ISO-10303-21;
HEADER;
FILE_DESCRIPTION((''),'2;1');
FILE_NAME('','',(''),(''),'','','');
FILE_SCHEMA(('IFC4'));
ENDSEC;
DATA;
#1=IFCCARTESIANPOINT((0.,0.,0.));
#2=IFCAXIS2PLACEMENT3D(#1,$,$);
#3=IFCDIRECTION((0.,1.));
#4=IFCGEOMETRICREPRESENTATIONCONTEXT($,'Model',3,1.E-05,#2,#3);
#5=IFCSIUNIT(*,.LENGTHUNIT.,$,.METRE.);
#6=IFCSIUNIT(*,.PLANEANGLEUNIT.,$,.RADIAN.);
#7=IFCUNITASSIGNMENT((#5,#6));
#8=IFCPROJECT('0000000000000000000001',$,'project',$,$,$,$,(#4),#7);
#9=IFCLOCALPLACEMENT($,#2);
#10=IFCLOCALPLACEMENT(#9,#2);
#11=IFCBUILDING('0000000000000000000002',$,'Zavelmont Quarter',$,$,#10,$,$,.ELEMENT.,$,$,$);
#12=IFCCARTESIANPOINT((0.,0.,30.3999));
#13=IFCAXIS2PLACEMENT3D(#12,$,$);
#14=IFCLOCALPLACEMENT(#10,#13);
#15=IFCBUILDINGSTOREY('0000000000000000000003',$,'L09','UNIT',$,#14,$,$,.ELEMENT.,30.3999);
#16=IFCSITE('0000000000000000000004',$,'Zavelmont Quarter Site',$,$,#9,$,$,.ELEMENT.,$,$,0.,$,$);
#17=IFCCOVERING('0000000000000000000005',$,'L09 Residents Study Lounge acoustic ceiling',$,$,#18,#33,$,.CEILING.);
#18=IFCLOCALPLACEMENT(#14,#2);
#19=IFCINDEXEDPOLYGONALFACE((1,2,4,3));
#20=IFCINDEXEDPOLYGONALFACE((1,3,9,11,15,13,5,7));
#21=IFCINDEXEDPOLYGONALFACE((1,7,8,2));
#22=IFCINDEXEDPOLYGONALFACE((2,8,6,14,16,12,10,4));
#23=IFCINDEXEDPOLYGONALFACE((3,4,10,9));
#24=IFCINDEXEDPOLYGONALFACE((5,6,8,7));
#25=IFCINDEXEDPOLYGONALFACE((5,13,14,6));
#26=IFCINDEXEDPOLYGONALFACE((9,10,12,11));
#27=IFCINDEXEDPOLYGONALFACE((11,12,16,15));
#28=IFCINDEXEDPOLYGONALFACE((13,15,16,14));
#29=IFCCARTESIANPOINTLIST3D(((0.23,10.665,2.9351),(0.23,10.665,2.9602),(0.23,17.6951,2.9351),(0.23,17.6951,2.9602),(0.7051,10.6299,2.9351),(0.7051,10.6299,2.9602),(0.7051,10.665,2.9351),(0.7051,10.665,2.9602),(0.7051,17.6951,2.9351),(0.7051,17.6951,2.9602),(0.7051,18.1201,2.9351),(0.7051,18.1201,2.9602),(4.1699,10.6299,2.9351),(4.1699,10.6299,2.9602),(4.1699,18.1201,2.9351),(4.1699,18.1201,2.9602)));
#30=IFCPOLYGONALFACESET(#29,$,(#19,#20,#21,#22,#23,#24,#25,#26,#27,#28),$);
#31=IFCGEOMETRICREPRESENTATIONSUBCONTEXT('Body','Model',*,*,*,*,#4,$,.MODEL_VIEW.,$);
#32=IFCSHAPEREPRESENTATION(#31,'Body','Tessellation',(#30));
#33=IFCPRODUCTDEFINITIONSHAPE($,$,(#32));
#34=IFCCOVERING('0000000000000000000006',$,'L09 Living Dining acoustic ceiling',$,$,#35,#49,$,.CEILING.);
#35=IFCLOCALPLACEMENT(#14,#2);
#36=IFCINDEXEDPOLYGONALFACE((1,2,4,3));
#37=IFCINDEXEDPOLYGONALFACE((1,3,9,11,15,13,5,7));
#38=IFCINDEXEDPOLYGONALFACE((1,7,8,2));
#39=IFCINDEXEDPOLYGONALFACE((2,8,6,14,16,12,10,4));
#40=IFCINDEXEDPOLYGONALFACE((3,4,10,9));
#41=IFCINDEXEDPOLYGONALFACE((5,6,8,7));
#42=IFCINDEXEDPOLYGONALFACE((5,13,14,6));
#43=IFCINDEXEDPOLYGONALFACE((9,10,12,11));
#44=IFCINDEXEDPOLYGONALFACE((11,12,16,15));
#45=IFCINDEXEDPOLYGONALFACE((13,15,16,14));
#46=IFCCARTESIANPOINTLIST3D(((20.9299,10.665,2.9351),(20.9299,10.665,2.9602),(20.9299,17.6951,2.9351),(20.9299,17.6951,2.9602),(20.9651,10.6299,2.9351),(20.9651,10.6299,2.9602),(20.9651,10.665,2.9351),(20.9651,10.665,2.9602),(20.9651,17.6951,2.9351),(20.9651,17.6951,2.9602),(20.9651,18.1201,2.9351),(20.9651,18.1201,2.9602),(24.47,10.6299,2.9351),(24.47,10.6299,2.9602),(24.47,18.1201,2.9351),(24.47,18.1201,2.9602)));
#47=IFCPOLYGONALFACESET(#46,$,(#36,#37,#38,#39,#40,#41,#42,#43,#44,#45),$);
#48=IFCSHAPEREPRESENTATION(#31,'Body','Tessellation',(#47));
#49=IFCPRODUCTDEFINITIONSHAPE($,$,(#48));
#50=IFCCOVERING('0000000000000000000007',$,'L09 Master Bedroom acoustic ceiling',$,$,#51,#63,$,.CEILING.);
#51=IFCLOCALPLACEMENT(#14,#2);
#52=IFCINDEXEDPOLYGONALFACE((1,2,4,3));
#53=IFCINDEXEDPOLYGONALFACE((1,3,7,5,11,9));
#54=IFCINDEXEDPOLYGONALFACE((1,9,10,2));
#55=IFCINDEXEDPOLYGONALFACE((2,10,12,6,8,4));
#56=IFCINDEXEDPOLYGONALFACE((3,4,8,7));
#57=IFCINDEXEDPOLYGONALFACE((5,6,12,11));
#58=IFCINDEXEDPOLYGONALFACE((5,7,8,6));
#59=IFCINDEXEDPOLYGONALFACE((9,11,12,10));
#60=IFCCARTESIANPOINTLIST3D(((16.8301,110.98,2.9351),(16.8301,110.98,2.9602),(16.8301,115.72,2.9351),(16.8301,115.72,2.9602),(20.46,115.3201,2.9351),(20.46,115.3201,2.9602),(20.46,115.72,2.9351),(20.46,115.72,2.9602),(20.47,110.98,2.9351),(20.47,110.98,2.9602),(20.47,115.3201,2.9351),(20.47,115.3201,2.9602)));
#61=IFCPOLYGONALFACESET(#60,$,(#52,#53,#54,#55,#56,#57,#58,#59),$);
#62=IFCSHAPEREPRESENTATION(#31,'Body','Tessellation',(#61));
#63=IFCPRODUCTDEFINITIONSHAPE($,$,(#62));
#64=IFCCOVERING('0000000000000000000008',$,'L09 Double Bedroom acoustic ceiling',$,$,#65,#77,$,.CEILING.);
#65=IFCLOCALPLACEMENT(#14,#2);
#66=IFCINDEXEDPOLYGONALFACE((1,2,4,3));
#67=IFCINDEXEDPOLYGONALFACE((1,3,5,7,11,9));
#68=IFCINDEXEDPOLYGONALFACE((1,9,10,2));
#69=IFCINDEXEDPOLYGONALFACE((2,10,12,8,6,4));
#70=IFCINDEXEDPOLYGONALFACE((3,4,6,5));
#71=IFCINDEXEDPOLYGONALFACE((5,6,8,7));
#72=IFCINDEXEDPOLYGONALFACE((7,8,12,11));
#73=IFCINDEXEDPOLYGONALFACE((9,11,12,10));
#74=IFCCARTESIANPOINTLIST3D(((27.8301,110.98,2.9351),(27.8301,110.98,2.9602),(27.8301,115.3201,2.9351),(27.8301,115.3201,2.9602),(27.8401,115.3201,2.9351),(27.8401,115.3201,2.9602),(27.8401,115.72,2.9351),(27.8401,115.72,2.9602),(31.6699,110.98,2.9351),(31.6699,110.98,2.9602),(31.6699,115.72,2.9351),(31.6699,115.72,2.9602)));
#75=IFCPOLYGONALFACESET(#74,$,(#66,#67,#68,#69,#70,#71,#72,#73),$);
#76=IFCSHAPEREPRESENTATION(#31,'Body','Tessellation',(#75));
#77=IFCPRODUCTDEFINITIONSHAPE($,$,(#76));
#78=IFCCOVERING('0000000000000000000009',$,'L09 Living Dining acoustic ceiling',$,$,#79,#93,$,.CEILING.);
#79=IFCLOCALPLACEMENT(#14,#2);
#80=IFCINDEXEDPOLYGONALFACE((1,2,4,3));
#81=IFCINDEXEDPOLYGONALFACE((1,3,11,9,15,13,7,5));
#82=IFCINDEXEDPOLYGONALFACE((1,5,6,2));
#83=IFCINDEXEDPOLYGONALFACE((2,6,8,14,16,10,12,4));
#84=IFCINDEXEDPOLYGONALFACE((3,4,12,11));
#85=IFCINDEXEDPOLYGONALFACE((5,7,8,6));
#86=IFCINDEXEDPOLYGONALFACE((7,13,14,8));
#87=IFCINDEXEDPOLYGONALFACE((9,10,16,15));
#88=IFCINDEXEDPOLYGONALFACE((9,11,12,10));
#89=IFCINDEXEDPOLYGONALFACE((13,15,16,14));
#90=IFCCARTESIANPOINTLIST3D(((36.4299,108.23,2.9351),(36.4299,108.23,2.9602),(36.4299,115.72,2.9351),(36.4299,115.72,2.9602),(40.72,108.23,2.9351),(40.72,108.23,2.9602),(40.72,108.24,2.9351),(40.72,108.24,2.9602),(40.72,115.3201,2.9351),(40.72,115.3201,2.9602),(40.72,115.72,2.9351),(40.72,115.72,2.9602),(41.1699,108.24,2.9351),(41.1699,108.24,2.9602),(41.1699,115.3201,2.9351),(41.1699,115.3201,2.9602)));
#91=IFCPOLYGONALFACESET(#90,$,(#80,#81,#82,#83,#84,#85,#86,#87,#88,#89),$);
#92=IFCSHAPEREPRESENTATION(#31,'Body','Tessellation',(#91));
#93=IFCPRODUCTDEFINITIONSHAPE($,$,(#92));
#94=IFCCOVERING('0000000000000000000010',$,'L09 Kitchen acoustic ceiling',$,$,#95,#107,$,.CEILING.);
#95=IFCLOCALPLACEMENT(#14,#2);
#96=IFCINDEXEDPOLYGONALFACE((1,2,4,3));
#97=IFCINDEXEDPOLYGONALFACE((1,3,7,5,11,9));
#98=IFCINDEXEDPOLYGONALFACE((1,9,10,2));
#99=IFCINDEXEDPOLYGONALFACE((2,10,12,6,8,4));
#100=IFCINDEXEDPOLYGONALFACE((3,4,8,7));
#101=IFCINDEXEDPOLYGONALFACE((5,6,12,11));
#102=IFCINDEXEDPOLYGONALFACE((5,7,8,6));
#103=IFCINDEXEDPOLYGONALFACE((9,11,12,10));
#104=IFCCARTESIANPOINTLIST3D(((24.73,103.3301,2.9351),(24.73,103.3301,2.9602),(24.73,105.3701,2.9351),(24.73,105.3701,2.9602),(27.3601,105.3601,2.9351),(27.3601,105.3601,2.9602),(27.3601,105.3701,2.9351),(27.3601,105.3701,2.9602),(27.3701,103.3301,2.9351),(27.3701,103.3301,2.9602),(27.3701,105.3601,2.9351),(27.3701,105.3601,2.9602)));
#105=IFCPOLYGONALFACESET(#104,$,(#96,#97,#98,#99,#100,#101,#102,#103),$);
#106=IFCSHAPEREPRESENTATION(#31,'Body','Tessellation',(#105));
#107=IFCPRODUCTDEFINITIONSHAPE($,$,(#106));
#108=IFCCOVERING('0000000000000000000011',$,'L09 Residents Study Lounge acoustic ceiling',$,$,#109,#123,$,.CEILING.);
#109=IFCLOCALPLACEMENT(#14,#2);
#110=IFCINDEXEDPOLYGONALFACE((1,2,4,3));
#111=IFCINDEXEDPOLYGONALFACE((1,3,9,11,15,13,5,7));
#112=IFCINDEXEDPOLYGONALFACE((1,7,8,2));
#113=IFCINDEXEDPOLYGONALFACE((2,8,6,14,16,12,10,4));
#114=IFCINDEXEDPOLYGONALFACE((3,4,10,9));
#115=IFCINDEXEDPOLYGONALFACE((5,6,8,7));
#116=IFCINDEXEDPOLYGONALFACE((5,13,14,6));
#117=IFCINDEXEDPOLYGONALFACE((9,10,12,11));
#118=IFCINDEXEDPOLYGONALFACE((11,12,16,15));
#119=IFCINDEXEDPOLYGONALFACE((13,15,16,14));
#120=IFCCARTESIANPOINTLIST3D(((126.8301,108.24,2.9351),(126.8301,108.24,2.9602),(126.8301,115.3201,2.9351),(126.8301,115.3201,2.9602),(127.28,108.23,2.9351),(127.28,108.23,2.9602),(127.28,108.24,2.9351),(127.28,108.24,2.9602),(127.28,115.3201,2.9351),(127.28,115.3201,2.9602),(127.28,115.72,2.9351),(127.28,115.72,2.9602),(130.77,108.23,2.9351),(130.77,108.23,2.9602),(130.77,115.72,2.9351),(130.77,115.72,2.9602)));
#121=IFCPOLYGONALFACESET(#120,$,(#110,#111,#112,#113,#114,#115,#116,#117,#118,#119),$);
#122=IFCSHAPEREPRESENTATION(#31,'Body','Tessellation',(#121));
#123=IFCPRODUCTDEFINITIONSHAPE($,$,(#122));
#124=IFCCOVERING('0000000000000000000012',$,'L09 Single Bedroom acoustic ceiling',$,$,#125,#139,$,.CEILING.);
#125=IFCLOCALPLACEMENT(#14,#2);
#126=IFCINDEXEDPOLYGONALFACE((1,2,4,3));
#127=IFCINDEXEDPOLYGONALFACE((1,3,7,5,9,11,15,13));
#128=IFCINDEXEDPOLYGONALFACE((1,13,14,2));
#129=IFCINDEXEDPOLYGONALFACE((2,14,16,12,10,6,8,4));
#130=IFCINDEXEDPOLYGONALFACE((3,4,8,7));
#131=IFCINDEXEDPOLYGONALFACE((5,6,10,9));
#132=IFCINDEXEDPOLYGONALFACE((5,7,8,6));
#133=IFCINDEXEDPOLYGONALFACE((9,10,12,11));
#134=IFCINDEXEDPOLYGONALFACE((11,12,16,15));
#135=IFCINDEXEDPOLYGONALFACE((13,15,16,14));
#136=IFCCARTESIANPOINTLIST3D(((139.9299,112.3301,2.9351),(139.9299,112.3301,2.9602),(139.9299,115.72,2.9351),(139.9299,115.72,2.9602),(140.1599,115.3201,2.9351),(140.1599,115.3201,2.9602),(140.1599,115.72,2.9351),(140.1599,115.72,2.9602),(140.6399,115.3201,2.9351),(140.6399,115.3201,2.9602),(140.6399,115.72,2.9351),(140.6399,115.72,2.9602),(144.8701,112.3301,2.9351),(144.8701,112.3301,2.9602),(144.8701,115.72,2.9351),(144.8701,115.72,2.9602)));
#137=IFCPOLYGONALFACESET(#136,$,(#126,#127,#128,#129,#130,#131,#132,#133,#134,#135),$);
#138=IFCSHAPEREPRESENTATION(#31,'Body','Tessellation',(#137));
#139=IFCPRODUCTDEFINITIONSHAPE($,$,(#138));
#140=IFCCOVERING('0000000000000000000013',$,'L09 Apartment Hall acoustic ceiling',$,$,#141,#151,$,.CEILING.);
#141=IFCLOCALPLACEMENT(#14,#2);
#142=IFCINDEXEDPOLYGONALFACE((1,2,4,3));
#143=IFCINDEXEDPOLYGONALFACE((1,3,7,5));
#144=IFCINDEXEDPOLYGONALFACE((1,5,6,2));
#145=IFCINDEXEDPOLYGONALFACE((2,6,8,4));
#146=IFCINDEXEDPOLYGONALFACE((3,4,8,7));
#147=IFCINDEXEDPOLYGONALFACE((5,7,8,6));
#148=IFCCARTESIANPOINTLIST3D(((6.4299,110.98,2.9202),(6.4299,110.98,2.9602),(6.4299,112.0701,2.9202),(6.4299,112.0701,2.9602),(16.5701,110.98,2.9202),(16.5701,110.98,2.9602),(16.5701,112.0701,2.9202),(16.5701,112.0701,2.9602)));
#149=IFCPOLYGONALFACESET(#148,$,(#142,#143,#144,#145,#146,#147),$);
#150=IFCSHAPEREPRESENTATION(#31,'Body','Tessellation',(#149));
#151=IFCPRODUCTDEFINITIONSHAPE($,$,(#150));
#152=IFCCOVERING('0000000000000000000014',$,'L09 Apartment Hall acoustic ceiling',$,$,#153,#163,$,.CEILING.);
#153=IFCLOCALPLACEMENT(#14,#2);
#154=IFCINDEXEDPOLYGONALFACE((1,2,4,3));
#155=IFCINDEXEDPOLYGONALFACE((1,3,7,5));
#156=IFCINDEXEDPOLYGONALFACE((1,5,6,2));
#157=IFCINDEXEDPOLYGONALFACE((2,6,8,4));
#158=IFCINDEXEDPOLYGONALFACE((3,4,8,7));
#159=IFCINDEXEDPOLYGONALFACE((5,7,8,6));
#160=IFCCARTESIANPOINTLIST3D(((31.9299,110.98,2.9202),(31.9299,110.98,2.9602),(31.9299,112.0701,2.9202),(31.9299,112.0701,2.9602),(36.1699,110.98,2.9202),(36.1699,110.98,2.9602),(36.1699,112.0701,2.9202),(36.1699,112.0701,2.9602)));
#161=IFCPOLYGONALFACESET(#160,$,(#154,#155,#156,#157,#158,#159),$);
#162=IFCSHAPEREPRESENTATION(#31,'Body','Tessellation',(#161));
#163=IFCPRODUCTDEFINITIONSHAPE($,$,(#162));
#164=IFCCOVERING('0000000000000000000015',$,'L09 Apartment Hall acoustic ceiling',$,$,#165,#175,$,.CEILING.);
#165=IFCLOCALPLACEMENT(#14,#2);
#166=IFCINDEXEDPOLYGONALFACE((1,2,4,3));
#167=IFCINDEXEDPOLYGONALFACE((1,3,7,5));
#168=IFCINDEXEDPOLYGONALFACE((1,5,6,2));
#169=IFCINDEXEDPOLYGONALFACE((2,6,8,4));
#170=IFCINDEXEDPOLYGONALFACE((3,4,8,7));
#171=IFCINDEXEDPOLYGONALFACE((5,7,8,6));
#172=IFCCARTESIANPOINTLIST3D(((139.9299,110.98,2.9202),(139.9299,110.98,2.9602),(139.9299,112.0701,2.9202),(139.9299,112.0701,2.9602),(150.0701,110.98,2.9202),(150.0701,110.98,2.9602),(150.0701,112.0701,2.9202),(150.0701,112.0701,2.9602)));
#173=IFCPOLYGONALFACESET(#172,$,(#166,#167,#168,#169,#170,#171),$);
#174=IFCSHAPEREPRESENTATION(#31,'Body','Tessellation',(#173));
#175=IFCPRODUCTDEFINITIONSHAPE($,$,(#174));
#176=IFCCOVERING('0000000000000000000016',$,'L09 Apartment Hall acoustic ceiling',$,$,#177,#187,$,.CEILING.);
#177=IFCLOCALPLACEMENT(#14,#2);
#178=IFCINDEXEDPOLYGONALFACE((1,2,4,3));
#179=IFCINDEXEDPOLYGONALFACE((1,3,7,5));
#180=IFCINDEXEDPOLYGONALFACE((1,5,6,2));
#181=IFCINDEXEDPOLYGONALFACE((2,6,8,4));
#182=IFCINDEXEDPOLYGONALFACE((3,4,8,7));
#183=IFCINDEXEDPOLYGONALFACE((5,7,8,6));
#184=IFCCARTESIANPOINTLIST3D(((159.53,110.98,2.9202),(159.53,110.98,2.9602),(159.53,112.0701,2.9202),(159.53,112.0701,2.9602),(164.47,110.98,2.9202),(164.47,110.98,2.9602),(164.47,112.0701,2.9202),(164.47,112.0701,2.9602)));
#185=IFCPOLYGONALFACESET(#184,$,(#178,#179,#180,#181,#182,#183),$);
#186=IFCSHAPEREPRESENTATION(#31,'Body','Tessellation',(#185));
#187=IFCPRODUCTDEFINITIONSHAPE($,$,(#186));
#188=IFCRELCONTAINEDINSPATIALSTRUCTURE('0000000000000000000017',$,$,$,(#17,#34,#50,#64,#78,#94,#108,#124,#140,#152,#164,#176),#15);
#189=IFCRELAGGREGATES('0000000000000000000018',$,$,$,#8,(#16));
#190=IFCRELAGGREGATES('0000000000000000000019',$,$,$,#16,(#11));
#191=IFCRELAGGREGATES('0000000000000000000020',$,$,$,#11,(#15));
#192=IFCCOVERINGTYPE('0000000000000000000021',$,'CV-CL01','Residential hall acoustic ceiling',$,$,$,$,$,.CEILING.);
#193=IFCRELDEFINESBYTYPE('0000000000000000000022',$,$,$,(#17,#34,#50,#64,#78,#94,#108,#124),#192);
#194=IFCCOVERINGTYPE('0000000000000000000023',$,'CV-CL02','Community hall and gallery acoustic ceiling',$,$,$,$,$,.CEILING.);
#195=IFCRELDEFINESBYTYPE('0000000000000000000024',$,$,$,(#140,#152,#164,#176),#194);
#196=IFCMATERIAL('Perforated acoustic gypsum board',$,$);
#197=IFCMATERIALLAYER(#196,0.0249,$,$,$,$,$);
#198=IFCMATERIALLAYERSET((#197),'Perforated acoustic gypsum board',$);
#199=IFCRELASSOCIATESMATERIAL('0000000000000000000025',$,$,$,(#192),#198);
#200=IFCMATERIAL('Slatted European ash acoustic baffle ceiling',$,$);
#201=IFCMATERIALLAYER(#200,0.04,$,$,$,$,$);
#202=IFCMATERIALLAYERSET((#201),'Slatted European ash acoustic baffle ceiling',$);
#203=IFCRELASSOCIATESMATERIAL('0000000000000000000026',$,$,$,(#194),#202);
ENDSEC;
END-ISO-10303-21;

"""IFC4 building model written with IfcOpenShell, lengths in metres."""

from ifc_helpers import new_model, si_unit, direction, frame, origin, place, context, subcontext, project, spatial, polyline, outline, extrude, material, layer, layer_set, type_object, element, save


model = new_model("IFC4")

# Units and contexts
model_context = context("Model", 3, precision=1e-05, world=origin(), true_north=direction((0.0, 1.0)))
body_context = subcontext(model_context, "Body", "Model", "MODEL_VIEW")
ifc_project = project(units=[si_unit("LENGTHUNIT", "METRE"), si_unit("PLANEANGLEUNIT", "RADIAN")], contexts=[model_context])

# Site, building, storey
site_placement = place(None, origin())
site = spatial("IfcSite", under=ifc_project, at=site_placement, Name="Zavelmont Quarter Site", CompositionType="ELEMENT", RefElevation=0.0)
building_placement = place(site_placement, origin())
building = spatial("IfcBuilding", under=site, at=building_placement, Name="Zavelmont Quarter", CompositionType="ELEMENT")
storey_placement = place(building_placement, frame((0.0, 0.0, 30.3999)))
storey = spatial("IfcBuildingStorey", under=building, at=storey_placement, Name="L09", Description="UNIT", CompositionType="ELEMENT", Elevation=30.3999)

# Coverings
ifc_material_1 = material(Name="Perforated acoustic gypsum board")
ifc_layer_1 = layer(ifc_material_1, 0.0249)
ifc_layer_set_1 = layer_set([ifc_layer_1], Name="Perforated acoustic gypsum board")
covering_type_1 = type_object("IfcCoveringType", Name="CV-CL01", Description="Residential hall acoustic ceiling", PredefinedType="CEILING", material=ifc_layer_set_1)
covering_1_placement = place(storey_placement, frame((0.0, 0.0, 2.9351)))
element("IfcCovering", 1, at=covering_1_placement, inside=storey, type_object=covering_type_1, Name="L09 Residents Study Lounge acoustic ceiling", PredefinedType="CEILING", context=body_context, shape_type="SweptSolid", body=[
    extrude(outline(polyline([(0.23, 17.6951), (0.7051, 17.6951), (0.7051, 18.1201), (4.1699, 18.1201), (4.1699, 10.6299), (0.7051, 10.6299), (0.7051, 10.665), (0.23, 10.665), (0.23, 17.6951)])), origin(), (0.0, 0.0, 1.0), 0.0251),
])
covering_2_placement = place(storey_placement, frame((0.0, 0.0, 2.9351)))
element("IfcCovering", 2, at=covering_2_placement, inside=storey, type_object=covering_type_1, Name="L09 Living Dining acoustic ceiling", PredefinedType="CEILING", context=body_context, shape_type="SweptSolid", body=[
    extrude(outline(polyline([(20.9299, 17.6951), (20.9651, 17.6951), (20.9651, 18.1201), (24.47, 18.1201), (24.47, 10.6299), (20.9651, 10.6299), (20.9651, 10.665), (20.9299, 10.665), (20.9299, 17.6951)])), origin(), (0.0, 0.0, 1.0), 0.0251),
])
covering_3_placement = place(storey_placement, frame((0.0, 0.0, 2.9351)))
element("IfcCovering", 3, at=covering_3_placement, inside=storey, type_object=covering_type_1, Name="L09 Master Bedroom acoustic ceiling", PredefinedType="CEILING", context=body_context, shape_type="SweptSolid", body=[
    extrude(outline(polyline([(16.8301, 115.72), (20.46, 115.72), (20.46, 115.3201), (20.47, 115.3201), (20.47, 110.98), (16.8301, 110.98), (16.8301, 115.72)])), origin(), (0.0, 0.0, 1.0), 0.0251),
])
covering_4_placement = place(storey_placement, frame((0.0, 0.0, 2.9351)))
element("IfcCovering", 4, at=covering_4_placement, inside=storey, type_object=covering_type_1, Name="L09 Double Bedroom acoustic ceiling", PredefinedType="CEILING", context=body_context, shape_type="SweptSolid", body=[
    extrude(outline(polyline([(27.8301, 115.3201), (27.8401, 115.3201), (27.8401, 115.72), (31.6699, 115.72), (31.6699, 110.98), (27.8301, 110.98), (27.8301, 115.3201)])), origin(), (0.0, 0.0, 1.0), 0.0251),
])
covering_5_placement = place(storey_placement, frame((0.0, 0.0, 2.9351)))
element("IfcCovering", 5, at=covering_5_placement, inside=storey, type_object=covering_type_1, Name="L09 Living Dining acoustic ceiling", PredefinedType="CEILING", context=body_context, shape_type="SweptSolid", body=[
    extrude(outline(polyline([(36.4299, 115.72), (40.72, 115.72), (40.72, 115.3201), (41.1699, 115.3201), (41.1699, 108.24), (40.72, 108.24), (40.72, 108.23), (36.4299, 108.23), (36.4299, 115.72)])), origin(), (0.0, 0.0, 1.0), 0.0251),
])
covering_6_placement = place(storey_placement, frame((0.0, 0.0, 2.9351)))
element("IfcCovering", 6, at=covering_6_placement, inside=storey, type_object=covering_type_1, Name="L09 Kitchen acoustic ceiling", PredefinedType="CEILING", context=body_context, shape_type="SweptSolid", body=[
    extrude(outline(polyline([(24.73, 105.3701), (27.3601, 105.3701), (27.3601, 105.3601), (27.3701, 105.3601), (27.3701, 103.3301), (24.73, 103.3301), (24.73, 105.3701)])), origin(), (0.0, 0.0, 1.0), 0.0251),
])
covering_7_placement = place(storey_placement, frame((0.0, 0.0, 2.9351)))
element("IfcCovering", 7, at=covering_7_placement, inside=storey, type_object=covering_type_1, Name="L09 Residents Study Lounge acoustic ceiling", PredefinedType="CEILING", context=body_context, shape_type="SweptSolid", body=[
    extrude(outline(polyline([(126.8301, 115.3201), (127.28, 115.3201), (127.28, 115.72), (130.77, 115.72), (130.77, 108.23), (127.28, 108.23), (127.28, 108.24), (126.8301, 108.24), (126.8301, 115.3201)])), origin(), (0.0, 0.0, 1.0), 0.0251),
])
covering_8_placement = place(storey_placement, frame((0.0, 0.0, 2.9351)))
element("IfcCovering", 8, at=covering_8_placement, inside=storey, type_object=covering_type_1, Name="L09 Single Bedroom acoustic ceiling", PredefinedType="CEILING", context=body_context, shape_type="SweptSolid", body=[
    extrude(outline(polyline([(139.9299, 115.72), (140.1599, 115.72), (140.1599, 115.3201), (140.6399, 115.3201), (140.6399, 115.72), (144.8701, 115.72), (144.8701, 112.3301), (139.9299, 112.3301), (139.9299, 115.72)])), origin(), (0.0, 0.0, 1.0), 0.0251),
])
ifc_material_2 = material(Name="Slatted European ash acoustic baffle ceiling")
ifc_layer_2 = layer(ifc_material_2, 0.04)
ifc_layer_set_2 = layer_set([ifc_layer_2], Name="Slatted European ash acoustic baffle ceiling")
covering_type_2 = type_object("IfcCoveringType", Name="CV-CL02", Description="Community hall and gallery acoustic ceiling", PredefinedType="CEILING", material=ifc_layer_set_2)
covering_9_placement = place(storey_placement, frame((0.0, 0.0, 2.9202)))
element("IfcCovering", 9, at=covering_9_placement, inside=storey, type_object=covering_type_2, Name="L09 Apartment Hall acoustic ceiling", PredefinedType="CEILING", context=body_context, shape_type="SweptSolid", body=[
    extrude(outline(polyline([(6.4299, 112.0701), (16.5701, 112.0701), (16.5701, 110.98), (6.4299, 110.98), (6.4299, 112.0701)])), origin(), (0.0, 0.0, 1.0), 0.04),
])
covering_10_placement = place(storey_placement, frame((0.0, 0.0, 2.9202)))
element("IfcCovering", 10, at=covering_10_placement, inside=storey, type_object=covering_type_2, Name="L09 Apartment Hall acoustic ceiling", PredefinedType="CEILING", context=body_context, shape_type="SweptSolid", body=[
    extrude(outline(polyline([(31.9299, 112.0701), (36.1699, 112.0701), (36.1699, 110.98), (31.9299, 110.98), (31.9299, 112.0701)])), origin(), (0.0, 0.0, 1.0), 0.04),
])
covering_11_placement = place(storey_placement, frame((0.0, 0.0, 2.9202)))
element("IfcCovering", 11, at=covering_11_placement, inside=storey, type_object=covering_type_2, Name="L09 Apartment Hall acoustic ceiling", PredefinedType="CEILING", context=body_context, shape_type="SweptSolid", body=[
    extrude(outline(polyline([(139.9299, 112.0701), (150.0701, 112.0701), (150.0701, 110.98), (139.9299, 110.98), (139.9299, 112.0701)])), origin(), (0.0, 0.0, 1.0), 0.04),
])
covering_12_placement = place(storey_placement, frame((0.0, 0.0, 2.9202)))
element("IfcCovering", 12, at=covering_12_placement, inside=storey, type_object=covering_type_2, Name="L09 Apartment Hall acoustic ceiling", PredefinedType="CEILING", context=body_context, shape_type="SweptSolid", body=[
    extrude(outline(polyline([(159.53, 112.0701), (164.47, 112.0701), (164.47, 110.98), (159.53, 110.98), (159.53, 112.0701)])), origin(), (0.0, 0.0, 1.0), 0.04),
])

save(model, "model.ifc")
